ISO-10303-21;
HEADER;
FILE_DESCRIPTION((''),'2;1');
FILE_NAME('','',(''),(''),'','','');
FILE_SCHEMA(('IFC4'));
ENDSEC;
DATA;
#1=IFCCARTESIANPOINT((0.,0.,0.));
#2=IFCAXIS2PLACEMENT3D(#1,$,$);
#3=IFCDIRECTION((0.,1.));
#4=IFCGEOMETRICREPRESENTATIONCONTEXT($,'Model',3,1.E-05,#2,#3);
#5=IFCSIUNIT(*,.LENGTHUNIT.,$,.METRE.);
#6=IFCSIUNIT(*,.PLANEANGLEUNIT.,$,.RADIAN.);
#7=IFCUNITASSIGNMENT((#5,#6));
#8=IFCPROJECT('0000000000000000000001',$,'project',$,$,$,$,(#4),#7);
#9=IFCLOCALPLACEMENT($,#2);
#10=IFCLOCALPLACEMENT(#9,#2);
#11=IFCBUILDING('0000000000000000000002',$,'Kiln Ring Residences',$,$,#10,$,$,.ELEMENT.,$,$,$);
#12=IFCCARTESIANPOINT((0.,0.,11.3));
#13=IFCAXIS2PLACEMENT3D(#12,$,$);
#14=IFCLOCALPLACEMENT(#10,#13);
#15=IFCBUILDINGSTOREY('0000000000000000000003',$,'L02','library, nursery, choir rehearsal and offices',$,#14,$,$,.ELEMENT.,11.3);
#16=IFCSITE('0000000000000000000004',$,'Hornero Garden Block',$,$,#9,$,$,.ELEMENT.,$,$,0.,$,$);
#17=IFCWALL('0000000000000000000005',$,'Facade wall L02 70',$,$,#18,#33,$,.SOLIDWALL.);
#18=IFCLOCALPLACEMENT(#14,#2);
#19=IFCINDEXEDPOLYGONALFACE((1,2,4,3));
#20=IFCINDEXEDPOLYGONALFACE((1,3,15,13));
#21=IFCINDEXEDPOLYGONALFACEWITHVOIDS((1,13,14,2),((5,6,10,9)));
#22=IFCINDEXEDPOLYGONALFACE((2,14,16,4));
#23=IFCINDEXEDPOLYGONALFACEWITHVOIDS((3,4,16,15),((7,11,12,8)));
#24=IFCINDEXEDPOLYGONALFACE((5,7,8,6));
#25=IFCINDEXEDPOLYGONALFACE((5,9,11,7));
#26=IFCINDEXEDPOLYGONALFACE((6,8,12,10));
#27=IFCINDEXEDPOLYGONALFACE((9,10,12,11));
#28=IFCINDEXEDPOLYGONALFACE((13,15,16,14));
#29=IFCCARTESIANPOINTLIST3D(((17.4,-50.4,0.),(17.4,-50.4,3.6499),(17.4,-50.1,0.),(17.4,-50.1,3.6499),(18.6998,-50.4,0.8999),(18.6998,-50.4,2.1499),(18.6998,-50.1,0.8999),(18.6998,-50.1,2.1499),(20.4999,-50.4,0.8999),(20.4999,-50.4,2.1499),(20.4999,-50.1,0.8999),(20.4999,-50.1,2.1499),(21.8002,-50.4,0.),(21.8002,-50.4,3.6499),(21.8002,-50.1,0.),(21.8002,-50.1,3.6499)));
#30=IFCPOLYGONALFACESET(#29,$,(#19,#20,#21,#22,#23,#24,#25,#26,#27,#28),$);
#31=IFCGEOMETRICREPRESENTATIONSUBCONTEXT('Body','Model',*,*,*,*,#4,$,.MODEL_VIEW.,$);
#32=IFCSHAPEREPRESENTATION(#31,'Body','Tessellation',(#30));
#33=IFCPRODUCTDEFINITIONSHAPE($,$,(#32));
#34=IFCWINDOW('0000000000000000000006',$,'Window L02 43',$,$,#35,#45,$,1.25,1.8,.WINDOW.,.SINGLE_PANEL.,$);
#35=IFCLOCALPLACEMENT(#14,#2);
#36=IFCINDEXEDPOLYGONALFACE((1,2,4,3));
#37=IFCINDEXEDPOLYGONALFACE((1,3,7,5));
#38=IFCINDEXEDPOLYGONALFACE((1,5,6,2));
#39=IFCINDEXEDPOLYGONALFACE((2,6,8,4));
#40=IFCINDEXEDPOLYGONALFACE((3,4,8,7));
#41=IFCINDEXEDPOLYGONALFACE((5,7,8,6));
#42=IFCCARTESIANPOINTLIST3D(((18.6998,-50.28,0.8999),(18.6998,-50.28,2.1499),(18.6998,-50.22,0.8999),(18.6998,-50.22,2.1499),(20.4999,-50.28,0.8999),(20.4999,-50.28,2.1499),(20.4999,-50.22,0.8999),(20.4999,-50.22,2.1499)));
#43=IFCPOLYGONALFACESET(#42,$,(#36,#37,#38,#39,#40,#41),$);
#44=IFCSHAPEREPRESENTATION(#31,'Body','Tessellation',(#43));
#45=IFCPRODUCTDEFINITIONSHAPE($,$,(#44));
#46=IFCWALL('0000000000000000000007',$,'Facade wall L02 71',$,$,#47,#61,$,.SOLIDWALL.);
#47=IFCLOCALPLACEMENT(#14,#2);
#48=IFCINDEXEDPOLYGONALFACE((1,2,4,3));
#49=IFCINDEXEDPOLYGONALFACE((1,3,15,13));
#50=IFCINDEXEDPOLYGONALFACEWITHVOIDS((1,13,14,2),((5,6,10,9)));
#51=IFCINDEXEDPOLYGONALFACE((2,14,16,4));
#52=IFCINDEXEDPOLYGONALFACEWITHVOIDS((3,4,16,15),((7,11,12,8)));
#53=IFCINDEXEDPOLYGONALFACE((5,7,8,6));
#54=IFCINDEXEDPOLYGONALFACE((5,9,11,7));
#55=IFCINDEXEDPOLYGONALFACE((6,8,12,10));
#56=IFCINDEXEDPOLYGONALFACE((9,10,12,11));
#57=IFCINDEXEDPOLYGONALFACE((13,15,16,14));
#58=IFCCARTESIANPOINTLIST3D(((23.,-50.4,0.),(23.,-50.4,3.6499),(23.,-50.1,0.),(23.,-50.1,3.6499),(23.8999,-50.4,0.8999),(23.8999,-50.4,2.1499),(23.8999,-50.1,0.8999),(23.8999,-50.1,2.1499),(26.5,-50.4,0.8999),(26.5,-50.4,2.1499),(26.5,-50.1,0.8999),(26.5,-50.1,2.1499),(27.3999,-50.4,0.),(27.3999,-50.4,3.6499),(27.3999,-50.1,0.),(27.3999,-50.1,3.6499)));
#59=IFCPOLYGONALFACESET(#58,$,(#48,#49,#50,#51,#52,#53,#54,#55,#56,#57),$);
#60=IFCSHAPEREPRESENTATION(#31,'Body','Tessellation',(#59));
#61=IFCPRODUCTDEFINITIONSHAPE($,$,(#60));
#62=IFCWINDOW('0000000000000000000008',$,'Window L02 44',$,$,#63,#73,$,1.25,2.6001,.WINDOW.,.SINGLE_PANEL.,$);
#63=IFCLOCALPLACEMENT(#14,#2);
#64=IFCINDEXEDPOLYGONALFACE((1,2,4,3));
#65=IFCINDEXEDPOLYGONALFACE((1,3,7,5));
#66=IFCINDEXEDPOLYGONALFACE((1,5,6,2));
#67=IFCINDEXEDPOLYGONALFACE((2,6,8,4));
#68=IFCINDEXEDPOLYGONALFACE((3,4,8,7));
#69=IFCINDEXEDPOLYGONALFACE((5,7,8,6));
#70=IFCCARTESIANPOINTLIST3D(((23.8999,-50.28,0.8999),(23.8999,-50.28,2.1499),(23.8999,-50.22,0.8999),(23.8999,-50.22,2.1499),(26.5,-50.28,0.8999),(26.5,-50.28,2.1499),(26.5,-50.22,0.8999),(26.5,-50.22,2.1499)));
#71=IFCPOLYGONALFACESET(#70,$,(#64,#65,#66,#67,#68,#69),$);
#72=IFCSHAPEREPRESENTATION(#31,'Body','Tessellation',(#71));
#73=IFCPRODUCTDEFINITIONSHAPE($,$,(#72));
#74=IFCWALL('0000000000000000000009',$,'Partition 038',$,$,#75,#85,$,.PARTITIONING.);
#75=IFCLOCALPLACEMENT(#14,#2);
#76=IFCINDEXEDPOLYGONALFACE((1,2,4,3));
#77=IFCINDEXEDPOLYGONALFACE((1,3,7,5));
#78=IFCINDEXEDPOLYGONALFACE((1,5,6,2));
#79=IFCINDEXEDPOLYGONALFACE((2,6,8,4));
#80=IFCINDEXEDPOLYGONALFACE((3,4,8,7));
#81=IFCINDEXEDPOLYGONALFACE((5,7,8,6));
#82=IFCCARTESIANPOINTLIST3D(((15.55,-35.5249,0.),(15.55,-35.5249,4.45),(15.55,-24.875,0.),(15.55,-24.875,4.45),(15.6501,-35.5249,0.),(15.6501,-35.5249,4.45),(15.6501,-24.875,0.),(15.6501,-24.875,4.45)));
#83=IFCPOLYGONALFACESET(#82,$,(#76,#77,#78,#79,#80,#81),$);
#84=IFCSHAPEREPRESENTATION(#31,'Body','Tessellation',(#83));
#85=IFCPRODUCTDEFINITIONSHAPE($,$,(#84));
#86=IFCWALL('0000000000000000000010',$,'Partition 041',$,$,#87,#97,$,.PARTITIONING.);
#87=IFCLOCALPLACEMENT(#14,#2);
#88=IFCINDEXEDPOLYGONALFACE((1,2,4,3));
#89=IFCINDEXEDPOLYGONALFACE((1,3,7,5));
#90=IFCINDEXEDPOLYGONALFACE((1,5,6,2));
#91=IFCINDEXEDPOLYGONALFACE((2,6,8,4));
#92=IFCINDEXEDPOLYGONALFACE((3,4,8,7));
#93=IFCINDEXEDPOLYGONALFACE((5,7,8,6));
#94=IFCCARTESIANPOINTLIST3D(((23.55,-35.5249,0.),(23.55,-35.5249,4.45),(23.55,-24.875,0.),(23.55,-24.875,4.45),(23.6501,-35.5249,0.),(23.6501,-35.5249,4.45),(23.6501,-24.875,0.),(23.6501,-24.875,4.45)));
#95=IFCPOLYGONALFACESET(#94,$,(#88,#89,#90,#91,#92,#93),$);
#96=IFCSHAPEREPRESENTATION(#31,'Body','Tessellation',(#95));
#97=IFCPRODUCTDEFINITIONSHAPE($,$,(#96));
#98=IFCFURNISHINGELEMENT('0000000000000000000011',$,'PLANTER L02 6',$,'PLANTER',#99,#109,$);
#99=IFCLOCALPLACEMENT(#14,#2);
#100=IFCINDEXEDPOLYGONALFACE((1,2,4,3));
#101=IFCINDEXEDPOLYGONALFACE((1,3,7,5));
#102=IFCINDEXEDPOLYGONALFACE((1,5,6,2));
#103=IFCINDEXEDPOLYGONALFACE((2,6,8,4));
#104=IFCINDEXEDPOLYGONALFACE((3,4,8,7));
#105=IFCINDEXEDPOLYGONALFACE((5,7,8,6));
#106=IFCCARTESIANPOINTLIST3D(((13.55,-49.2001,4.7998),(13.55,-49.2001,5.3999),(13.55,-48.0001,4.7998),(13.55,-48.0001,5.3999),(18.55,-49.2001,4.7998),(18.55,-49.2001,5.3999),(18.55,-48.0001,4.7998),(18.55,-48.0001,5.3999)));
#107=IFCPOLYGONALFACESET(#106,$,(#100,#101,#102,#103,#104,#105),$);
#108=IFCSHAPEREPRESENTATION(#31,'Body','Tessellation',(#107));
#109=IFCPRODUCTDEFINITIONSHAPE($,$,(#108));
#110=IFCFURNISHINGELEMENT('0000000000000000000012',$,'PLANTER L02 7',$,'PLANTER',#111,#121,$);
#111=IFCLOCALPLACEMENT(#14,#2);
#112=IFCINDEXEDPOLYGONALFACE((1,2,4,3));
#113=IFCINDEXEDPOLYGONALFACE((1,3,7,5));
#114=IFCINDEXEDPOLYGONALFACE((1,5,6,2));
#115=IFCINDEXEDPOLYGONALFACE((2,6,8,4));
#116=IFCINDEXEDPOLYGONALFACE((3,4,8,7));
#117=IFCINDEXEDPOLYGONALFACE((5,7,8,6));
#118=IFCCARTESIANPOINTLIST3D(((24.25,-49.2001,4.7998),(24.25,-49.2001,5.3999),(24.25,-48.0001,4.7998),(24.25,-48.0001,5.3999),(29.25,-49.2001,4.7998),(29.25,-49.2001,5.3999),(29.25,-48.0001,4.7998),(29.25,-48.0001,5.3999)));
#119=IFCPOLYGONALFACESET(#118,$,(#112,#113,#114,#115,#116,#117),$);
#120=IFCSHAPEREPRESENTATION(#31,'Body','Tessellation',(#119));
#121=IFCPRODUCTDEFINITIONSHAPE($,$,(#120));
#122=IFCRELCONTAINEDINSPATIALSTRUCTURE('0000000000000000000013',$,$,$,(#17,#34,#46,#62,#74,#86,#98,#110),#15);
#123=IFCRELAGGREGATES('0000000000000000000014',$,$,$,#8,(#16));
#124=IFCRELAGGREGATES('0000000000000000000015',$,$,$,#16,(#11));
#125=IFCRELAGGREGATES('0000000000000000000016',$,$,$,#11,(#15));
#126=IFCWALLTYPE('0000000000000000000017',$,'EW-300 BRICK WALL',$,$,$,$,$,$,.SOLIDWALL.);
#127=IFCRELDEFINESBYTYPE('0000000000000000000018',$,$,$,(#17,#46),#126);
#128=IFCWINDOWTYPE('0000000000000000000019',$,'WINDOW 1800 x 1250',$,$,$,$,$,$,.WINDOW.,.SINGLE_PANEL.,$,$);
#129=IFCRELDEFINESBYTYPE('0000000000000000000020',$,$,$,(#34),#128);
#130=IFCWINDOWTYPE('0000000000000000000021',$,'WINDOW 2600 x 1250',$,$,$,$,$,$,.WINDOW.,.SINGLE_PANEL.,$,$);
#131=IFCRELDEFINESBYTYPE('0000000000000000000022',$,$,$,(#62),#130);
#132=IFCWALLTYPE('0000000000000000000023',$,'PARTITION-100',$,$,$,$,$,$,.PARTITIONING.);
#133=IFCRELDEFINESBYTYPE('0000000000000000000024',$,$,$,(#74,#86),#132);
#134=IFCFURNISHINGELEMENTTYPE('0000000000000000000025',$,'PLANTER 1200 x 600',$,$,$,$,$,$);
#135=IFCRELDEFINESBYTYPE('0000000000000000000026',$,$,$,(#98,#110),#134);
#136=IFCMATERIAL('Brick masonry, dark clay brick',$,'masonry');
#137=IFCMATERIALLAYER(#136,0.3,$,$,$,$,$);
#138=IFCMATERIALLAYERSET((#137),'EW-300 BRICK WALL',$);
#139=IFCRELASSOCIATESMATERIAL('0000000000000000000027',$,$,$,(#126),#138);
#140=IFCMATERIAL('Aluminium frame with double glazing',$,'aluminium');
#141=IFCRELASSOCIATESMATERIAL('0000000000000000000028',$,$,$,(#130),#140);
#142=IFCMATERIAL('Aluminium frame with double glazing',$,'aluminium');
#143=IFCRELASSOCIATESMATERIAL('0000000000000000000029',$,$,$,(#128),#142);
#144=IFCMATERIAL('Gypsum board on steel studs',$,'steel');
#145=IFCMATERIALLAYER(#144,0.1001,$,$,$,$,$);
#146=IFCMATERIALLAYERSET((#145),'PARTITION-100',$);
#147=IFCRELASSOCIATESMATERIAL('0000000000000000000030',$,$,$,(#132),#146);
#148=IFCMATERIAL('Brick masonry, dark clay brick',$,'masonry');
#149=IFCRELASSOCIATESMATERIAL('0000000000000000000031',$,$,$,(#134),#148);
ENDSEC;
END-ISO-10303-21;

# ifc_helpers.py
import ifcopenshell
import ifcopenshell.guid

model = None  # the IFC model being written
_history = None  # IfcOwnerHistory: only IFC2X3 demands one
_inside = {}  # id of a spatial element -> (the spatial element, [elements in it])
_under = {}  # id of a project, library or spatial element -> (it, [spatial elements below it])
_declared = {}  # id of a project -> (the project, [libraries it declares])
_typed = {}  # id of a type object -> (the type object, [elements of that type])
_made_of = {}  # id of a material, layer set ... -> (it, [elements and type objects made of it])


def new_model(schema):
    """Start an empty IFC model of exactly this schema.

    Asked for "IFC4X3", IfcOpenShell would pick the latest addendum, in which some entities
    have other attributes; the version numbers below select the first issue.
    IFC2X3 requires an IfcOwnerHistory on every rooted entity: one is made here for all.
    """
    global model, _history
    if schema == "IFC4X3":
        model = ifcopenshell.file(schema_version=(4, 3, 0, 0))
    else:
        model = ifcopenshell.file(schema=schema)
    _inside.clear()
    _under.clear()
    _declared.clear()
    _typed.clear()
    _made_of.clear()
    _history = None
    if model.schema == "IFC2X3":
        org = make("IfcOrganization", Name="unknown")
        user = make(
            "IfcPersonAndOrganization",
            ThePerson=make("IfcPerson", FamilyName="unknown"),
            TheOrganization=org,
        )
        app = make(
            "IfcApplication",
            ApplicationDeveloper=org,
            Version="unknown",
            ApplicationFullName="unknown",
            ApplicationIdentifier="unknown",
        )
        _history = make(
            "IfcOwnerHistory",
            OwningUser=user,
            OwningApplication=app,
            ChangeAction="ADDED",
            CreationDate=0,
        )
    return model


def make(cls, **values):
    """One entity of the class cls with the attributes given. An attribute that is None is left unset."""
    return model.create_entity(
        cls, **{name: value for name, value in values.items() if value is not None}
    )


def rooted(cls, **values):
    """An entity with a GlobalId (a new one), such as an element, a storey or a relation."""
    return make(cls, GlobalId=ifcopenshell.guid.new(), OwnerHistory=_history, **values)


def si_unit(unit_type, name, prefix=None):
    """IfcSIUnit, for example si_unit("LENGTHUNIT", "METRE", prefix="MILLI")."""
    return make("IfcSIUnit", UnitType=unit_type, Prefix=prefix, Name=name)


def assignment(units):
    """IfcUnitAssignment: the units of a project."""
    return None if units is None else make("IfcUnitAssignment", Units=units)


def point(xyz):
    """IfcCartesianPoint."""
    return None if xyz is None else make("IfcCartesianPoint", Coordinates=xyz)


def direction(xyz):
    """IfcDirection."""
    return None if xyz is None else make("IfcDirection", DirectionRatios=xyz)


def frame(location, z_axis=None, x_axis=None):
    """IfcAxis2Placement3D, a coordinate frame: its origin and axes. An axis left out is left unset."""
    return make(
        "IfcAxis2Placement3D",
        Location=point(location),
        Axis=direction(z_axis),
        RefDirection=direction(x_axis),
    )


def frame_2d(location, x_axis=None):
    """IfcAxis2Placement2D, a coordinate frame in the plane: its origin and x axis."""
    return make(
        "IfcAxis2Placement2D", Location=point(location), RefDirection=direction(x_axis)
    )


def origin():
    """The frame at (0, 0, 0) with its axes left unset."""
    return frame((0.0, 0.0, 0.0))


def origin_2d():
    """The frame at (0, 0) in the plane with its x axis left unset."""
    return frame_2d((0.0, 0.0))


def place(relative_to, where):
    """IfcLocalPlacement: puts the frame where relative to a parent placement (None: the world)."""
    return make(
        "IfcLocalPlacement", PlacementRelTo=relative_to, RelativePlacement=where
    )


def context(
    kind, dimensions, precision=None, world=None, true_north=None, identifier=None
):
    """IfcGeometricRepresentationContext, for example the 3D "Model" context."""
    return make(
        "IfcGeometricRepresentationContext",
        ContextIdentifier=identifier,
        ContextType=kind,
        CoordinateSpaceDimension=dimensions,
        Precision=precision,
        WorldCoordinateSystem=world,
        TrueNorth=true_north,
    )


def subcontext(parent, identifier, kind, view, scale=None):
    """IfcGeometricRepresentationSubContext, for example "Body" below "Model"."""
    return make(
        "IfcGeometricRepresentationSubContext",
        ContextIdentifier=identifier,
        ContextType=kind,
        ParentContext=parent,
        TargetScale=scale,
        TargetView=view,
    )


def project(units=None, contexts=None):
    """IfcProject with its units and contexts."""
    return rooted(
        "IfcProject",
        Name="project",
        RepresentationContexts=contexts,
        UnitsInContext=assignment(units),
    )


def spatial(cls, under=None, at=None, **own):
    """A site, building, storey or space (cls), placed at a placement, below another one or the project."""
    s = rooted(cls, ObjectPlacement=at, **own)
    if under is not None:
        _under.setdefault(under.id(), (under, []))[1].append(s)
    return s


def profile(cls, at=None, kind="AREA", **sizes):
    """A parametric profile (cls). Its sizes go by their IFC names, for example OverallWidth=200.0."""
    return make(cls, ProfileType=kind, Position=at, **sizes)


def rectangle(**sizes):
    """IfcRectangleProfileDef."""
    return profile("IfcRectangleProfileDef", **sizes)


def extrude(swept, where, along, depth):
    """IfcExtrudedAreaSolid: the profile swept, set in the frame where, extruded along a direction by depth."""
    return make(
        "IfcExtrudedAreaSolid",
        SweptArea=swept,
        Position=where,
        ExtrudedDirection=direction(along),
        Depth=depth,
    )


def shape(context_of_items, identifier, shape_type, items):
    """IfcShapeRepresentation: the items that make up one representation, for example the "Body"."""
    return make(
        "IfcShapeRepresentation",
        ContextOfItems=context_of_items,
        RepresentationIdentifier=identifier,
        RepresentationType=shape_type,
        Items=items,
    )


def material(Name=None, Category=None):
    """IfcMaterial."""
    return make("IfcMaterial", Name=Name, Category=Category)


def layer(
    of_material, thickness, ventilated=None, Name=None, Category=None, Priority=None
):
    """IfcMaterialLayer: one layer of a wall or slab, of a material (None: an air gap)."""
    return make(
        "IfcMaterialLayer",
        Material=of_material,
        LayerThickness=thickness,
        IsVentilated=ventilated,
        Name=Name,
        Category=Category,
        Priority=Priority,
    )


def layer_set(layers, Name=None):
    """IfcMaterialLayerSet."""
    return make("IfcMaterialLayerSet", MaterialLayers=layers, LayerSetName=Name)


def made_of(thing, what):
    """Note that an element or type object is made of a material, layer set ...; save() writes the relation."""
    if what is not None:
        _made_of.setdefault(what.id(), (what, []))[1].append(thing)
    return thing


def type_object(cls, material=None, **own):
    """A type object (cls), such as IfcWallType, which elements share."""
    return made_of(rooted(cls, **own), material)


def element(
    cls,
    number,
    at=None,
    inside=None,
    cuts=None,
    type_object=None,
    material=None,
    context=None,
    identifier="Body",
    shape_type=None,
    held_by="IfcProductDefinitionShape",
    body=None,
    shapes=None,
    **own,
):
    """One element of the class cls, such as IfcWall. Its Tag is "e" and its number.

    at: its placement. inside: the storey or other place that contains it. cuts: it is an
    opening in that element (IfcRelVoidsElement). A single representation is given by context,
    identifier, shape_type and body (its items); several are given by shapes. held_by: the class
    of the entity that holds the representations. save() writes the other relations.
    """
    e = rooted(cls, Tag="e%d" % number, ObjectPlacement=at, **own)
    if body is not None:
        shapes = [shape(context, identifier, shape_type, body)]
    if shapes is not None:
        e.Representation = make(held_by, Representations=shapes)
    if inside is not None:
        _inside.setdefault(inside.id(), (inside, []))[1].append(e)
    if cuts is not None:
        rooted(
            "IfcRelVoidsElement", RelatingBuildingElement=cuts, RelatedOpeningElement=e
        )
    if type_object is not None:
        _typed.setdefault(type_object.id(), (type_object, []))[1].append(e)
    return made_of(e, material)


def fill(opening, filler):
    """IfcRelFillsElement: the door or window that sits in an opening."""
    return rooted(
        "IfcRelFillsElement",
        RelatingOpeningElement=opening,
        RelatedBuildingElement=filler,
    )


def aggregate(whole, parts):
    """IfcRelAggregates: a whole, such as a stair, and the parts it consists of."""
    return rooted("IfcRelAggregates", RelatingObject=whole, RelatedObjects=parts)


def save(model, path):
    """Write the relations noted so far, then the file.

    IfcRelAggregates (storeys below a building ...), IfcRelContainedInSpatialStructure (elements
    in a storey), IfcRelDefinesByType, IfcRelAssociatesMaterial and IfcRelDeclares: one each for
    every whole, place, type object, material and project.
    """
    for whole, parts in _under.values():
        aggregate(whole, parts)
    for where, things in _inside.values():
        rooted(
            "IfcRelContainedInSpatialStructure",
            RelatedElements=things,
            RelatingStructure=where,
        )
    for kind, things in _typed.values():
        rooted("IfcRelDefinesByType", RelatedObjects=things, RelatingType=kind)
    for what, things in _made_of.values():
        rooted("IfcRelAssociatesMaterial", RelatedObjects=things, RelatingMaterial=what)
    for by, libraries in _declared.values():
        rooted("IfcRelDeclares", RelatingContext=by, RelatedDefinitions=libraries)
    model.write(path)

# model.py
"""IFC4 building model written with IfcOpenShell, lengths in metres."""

from ifc_helpers import new_model, si_unit, direction, frame, frame_2d, origin, origin_2d, place, context, subcontext, project, spatial, rectangle, extrude, material, layer, layer_set, type_object, element, fill, save


model = new_model("IFC4")

# Units and contexts
model_context = context("Model", 3, precision=1e-05, world=origin(), true_north=direction((0.0, 1.0)))
body_context = subcontext(model_context, "Body", "Model", "MODEL_VIEW")
ifc_project = project(units=[si_unit("LENGTHUNIT", "METRE"), si_unit("PLANEANGLEUNIT", "RADIAN")], contexts=[model_context])

# Site, building, storey
site_placement = place(None, origin())
site = spatial("IfcSite", under=ifc_project, at=site_placement, Name="Hornero Garden Block", CompositionType="ELEMENT", RefElevation=0.0)
building_placement = place(site_placement, origin())
building = spatial("IfcBuilding", under=site, at=building_placement, Name="Kiln Ring Residences", CompositionType="ELEMENT")
storey_placement = place(building_placement, frame((0.0, 0.0, 11.3)))
storey = spatial("IfcBuildingStorey", under=building, at=storey_placement, Name="L02", Description="library, nursery, choir rehearsal and offices", CompositionType="ELEMENT", Elevation=11.3)

# Walls, openings, windows
ifc_material_1 = material(Name="Brick masonry, dark clay brick", Category="masonry")
ifc_layer_1 = layer(ifc_material_1, 0.3)
ifc_layer_set_1 = layer_set([ifc_layer_1], Name="EW-300 BRICK WALL")
wall_type_1 = type_object("IfcWallType", Name="EW-300 BRICK WALL", PredefinedType="SOLIDWALL", material=ifc_layer_set_1)
ifc_material_2 = material(Name="Aluminium frame with double glazing", Category="aluminium")
window_type_1 = type_object("IfcWindowType", Name="WINDOW 2600 x 1250", PartitioningType="SINGLE_PANEL", PredefinedType="WINDOW", material=ifc_material_2)
wall_1_placement = place(storey_placement, frame((17.3999, -50.25, 0.0), z_axis=(0.0, 0.0, 1.0), x_axis=(1.0, 0.0, 0.0)))
wall_1 = element("IfcWall", 1, at=wall_1_placement, inside=storey, type_object=wall_type_1, Name="Facade wall L02 70", PredefinedType="SOLIDWALL", context=body_context, shape_type="SweptSolid", body=[
    extrude(rectangle(XDim=4.4001, YDim=0.3, at=frame_2d((2.2002, 0.0))), origin(), (0.0, 0.0, 1.0), 3.6499),
])
opening_1_placement = place(wall_1_placement, frame((1.3, 0.0, 0.8999)))
opening_1 = element("IfcOpeningElement", 2, at=opening_1_placement, cuts=wall_1, PredefinedType="OPENING", context=body_context, shape_type="SweptSolid", body=[
    extrude(rectangle(XDim=1.8, YDim=1.25, at=frame_2d((0.8999, 0.625))), frame((0.0, 0.1599, 0.0), z_axis=(0.0, -1.0, 0.0), x_axis=(1.0, 0.0, 0.0)), (0.0, 0.0, 1.0), 0.3201),
])
ifc_material_3 = material(Name="Aluminium frame with double glazing", Category="aluminium")
window_type_2 = type_object("IfcWindowType", Name="WINDOW 1800 x 1250", PartitioningType="SINGLE_PANEL", PredefinedType="WINDOW", material=ifc_material_3)
window_1_placement = place(opening_1_placement, origin())
window_1 = element("IfcWindow", 3, at=window_1_placement, inside=storey, type_object=window_type_2, Name="Window L02 43", OverallHeight=1.25, OverallWidth=1.8, PartitioningType="SINGLE_PANEL", PredefinedType="WINDOW", context=body_context, shape_type="SweptSolid", body=[
    extrude(rectangle(XDim=1.8, YDim=1.25, at=frame_2d((0.8999, 0.625))), frame((0.0, 0.03, 0.0), z_axis=(0.0, -1.0, 0.0), x_axis=(1.0, 0.0, 0.0)), (0.0, 0.0, 1.0), 0.0601),
])
fill(opening_1, window_1)
wall_2_placement = place(storey_placement, frame((23.0, -50.25, 0.0), z_axis=(0.0, 0.0, 1.0), x_axis=(1.0, 0.0, 0.0)))
wall_2 = element("IfcWall", 4, at=wall_2_placement, inside=storey, type_object=wall_type_1, Name="Facade wall L02 71", PredefinedType="SOLIDWALL", context=body_context, shape_type="SweptSolid", body=[
    extrude(rectangle(XDim=4.3999, YDim=0.3, at=frame_2d((2.2, 0.0))), origin(), (0.0, 0.0, 1.0), 3.6499),
])
opening_2_placement = place(wall_2_placement, frame((0.8999, 0.0, 0.8999)))
opening_2 = element("IfcOpeningElement", 5, at=opening_2_placement, cuts=wall_2, PredefinedType="OPENING", context=body_context, shape_type="SweptSolid", body=[
    extrude(rectangle(XDim=2.6001, YDim=1.25, at=frame_2d((1.3, 0.625))), frame((0.0, 0.1599, 0.0), z_axis=(0.0, -1.0, 0.0), x_axis=(1.0, 0.0, 0.0)), (0.0, 0.0, 1.0), 0.3201),
])
window_2_placement = place(opening_2_placement, origin())
window_2 = element("IfcWindow", 6, at=window_2_placement, inside=storey, type_object=window_type_1, Name="Window L02 44", OverallHeight=1.25, OverallWidth=2.6001, PartitioningType="SINGLE_PANEL", PredefinedType="WINDOW", context=body_context, shape_type="SweptSolid", body=[
    extrude(rectangle(XDim=2.6001, YDim=1.25, at=frame_2d((1.3, 0.625))), frame((0.0, 0.03, 0.0), z_axis=(0.0, -1.0, 0.0), x_axis=(1.0, 0.0, 0.0)), (0.0, 0.0, 1.0), 0.0601),
])
fill(opening_2, window_2)

# Walls
ifc_material_4 = material(Name="Gypsum board on steel studs", Category="steel")
ifc_layer_2 = layer(ifc_material_4, 0.1001)
ifc_layer_set_2 = layer_set([ifc_layer_2], Name="PARTITION-100")
wall_type_2 = type_object("IfcWallType", Name="PARTITION-100", PredefinedType="PARTITIONING", material=ifc_layer_set_2)
for number, where, z_axis, x_axis, name in (
    (7, (15.6001, -35.5249, 0.0), (0.0, 0.0, 1.0), (0.0, 1.0, 0.0), "Partition 038"),
    (8, (23.6001, -35.5249, 0.0), (0.0, 0.0, 1.0), (0.0, 1.0, 0.0), "Partition 041"),
):
    element("IfcWall", number, at=place(storey_placement, frame(where, z_axis=z_axis, x_axis=x_axis)), inside=storey, type_object=wall_type_2, Name=name, PredefinedType="PARTITIONING", context=body_context, shape_type="SweptSolid", body=[
        extrude(rectangle(XDim=10.6499, YDim=0.1001, at=frame_2d((5.325, 0.0))), origin(), (0.0, 0.0, 1.0), 4.45),
    ])

# Furnishing elements
ifc_material_5 = material(Name="Brick masonry, dark clay brick", Category="masonry")
furnishing_element_type = type_object("IfcFurnishingElementType", Name="PLANTER 1200 x 600", material=ifc_material_5)
for number, where, z_axis, x_axis, name in (
    (9, (16.05, -48.6001, 4.7998), (0.0, 0.0, 1.0), (1.0, 0.0, 0.0), "PLANTER L02 6"),
    (10, (26.75, -48.6001, 4.7998), (0.0, 0.0, 1.0), (1.0, 0.0, 0.0), "PLANTER L02 7"),
):
    element("IfcFurnishingElement", number, at=place(storey_placement, frame(where, z_axis=z_axis, x_axis=x_axis)), inside=storey, type_object=furnishing_element_type, Name=name, ObjectType="PLANTER", context=body_context, shape_type="SweptSolid", body=[
        extrude(rectangle(XDim=5.0, YDim=1.2, at=origin_2d()), origin(), (0.0, 0.0, 1.0), 0.6001),
    ])

save(model, "model.ifc")
